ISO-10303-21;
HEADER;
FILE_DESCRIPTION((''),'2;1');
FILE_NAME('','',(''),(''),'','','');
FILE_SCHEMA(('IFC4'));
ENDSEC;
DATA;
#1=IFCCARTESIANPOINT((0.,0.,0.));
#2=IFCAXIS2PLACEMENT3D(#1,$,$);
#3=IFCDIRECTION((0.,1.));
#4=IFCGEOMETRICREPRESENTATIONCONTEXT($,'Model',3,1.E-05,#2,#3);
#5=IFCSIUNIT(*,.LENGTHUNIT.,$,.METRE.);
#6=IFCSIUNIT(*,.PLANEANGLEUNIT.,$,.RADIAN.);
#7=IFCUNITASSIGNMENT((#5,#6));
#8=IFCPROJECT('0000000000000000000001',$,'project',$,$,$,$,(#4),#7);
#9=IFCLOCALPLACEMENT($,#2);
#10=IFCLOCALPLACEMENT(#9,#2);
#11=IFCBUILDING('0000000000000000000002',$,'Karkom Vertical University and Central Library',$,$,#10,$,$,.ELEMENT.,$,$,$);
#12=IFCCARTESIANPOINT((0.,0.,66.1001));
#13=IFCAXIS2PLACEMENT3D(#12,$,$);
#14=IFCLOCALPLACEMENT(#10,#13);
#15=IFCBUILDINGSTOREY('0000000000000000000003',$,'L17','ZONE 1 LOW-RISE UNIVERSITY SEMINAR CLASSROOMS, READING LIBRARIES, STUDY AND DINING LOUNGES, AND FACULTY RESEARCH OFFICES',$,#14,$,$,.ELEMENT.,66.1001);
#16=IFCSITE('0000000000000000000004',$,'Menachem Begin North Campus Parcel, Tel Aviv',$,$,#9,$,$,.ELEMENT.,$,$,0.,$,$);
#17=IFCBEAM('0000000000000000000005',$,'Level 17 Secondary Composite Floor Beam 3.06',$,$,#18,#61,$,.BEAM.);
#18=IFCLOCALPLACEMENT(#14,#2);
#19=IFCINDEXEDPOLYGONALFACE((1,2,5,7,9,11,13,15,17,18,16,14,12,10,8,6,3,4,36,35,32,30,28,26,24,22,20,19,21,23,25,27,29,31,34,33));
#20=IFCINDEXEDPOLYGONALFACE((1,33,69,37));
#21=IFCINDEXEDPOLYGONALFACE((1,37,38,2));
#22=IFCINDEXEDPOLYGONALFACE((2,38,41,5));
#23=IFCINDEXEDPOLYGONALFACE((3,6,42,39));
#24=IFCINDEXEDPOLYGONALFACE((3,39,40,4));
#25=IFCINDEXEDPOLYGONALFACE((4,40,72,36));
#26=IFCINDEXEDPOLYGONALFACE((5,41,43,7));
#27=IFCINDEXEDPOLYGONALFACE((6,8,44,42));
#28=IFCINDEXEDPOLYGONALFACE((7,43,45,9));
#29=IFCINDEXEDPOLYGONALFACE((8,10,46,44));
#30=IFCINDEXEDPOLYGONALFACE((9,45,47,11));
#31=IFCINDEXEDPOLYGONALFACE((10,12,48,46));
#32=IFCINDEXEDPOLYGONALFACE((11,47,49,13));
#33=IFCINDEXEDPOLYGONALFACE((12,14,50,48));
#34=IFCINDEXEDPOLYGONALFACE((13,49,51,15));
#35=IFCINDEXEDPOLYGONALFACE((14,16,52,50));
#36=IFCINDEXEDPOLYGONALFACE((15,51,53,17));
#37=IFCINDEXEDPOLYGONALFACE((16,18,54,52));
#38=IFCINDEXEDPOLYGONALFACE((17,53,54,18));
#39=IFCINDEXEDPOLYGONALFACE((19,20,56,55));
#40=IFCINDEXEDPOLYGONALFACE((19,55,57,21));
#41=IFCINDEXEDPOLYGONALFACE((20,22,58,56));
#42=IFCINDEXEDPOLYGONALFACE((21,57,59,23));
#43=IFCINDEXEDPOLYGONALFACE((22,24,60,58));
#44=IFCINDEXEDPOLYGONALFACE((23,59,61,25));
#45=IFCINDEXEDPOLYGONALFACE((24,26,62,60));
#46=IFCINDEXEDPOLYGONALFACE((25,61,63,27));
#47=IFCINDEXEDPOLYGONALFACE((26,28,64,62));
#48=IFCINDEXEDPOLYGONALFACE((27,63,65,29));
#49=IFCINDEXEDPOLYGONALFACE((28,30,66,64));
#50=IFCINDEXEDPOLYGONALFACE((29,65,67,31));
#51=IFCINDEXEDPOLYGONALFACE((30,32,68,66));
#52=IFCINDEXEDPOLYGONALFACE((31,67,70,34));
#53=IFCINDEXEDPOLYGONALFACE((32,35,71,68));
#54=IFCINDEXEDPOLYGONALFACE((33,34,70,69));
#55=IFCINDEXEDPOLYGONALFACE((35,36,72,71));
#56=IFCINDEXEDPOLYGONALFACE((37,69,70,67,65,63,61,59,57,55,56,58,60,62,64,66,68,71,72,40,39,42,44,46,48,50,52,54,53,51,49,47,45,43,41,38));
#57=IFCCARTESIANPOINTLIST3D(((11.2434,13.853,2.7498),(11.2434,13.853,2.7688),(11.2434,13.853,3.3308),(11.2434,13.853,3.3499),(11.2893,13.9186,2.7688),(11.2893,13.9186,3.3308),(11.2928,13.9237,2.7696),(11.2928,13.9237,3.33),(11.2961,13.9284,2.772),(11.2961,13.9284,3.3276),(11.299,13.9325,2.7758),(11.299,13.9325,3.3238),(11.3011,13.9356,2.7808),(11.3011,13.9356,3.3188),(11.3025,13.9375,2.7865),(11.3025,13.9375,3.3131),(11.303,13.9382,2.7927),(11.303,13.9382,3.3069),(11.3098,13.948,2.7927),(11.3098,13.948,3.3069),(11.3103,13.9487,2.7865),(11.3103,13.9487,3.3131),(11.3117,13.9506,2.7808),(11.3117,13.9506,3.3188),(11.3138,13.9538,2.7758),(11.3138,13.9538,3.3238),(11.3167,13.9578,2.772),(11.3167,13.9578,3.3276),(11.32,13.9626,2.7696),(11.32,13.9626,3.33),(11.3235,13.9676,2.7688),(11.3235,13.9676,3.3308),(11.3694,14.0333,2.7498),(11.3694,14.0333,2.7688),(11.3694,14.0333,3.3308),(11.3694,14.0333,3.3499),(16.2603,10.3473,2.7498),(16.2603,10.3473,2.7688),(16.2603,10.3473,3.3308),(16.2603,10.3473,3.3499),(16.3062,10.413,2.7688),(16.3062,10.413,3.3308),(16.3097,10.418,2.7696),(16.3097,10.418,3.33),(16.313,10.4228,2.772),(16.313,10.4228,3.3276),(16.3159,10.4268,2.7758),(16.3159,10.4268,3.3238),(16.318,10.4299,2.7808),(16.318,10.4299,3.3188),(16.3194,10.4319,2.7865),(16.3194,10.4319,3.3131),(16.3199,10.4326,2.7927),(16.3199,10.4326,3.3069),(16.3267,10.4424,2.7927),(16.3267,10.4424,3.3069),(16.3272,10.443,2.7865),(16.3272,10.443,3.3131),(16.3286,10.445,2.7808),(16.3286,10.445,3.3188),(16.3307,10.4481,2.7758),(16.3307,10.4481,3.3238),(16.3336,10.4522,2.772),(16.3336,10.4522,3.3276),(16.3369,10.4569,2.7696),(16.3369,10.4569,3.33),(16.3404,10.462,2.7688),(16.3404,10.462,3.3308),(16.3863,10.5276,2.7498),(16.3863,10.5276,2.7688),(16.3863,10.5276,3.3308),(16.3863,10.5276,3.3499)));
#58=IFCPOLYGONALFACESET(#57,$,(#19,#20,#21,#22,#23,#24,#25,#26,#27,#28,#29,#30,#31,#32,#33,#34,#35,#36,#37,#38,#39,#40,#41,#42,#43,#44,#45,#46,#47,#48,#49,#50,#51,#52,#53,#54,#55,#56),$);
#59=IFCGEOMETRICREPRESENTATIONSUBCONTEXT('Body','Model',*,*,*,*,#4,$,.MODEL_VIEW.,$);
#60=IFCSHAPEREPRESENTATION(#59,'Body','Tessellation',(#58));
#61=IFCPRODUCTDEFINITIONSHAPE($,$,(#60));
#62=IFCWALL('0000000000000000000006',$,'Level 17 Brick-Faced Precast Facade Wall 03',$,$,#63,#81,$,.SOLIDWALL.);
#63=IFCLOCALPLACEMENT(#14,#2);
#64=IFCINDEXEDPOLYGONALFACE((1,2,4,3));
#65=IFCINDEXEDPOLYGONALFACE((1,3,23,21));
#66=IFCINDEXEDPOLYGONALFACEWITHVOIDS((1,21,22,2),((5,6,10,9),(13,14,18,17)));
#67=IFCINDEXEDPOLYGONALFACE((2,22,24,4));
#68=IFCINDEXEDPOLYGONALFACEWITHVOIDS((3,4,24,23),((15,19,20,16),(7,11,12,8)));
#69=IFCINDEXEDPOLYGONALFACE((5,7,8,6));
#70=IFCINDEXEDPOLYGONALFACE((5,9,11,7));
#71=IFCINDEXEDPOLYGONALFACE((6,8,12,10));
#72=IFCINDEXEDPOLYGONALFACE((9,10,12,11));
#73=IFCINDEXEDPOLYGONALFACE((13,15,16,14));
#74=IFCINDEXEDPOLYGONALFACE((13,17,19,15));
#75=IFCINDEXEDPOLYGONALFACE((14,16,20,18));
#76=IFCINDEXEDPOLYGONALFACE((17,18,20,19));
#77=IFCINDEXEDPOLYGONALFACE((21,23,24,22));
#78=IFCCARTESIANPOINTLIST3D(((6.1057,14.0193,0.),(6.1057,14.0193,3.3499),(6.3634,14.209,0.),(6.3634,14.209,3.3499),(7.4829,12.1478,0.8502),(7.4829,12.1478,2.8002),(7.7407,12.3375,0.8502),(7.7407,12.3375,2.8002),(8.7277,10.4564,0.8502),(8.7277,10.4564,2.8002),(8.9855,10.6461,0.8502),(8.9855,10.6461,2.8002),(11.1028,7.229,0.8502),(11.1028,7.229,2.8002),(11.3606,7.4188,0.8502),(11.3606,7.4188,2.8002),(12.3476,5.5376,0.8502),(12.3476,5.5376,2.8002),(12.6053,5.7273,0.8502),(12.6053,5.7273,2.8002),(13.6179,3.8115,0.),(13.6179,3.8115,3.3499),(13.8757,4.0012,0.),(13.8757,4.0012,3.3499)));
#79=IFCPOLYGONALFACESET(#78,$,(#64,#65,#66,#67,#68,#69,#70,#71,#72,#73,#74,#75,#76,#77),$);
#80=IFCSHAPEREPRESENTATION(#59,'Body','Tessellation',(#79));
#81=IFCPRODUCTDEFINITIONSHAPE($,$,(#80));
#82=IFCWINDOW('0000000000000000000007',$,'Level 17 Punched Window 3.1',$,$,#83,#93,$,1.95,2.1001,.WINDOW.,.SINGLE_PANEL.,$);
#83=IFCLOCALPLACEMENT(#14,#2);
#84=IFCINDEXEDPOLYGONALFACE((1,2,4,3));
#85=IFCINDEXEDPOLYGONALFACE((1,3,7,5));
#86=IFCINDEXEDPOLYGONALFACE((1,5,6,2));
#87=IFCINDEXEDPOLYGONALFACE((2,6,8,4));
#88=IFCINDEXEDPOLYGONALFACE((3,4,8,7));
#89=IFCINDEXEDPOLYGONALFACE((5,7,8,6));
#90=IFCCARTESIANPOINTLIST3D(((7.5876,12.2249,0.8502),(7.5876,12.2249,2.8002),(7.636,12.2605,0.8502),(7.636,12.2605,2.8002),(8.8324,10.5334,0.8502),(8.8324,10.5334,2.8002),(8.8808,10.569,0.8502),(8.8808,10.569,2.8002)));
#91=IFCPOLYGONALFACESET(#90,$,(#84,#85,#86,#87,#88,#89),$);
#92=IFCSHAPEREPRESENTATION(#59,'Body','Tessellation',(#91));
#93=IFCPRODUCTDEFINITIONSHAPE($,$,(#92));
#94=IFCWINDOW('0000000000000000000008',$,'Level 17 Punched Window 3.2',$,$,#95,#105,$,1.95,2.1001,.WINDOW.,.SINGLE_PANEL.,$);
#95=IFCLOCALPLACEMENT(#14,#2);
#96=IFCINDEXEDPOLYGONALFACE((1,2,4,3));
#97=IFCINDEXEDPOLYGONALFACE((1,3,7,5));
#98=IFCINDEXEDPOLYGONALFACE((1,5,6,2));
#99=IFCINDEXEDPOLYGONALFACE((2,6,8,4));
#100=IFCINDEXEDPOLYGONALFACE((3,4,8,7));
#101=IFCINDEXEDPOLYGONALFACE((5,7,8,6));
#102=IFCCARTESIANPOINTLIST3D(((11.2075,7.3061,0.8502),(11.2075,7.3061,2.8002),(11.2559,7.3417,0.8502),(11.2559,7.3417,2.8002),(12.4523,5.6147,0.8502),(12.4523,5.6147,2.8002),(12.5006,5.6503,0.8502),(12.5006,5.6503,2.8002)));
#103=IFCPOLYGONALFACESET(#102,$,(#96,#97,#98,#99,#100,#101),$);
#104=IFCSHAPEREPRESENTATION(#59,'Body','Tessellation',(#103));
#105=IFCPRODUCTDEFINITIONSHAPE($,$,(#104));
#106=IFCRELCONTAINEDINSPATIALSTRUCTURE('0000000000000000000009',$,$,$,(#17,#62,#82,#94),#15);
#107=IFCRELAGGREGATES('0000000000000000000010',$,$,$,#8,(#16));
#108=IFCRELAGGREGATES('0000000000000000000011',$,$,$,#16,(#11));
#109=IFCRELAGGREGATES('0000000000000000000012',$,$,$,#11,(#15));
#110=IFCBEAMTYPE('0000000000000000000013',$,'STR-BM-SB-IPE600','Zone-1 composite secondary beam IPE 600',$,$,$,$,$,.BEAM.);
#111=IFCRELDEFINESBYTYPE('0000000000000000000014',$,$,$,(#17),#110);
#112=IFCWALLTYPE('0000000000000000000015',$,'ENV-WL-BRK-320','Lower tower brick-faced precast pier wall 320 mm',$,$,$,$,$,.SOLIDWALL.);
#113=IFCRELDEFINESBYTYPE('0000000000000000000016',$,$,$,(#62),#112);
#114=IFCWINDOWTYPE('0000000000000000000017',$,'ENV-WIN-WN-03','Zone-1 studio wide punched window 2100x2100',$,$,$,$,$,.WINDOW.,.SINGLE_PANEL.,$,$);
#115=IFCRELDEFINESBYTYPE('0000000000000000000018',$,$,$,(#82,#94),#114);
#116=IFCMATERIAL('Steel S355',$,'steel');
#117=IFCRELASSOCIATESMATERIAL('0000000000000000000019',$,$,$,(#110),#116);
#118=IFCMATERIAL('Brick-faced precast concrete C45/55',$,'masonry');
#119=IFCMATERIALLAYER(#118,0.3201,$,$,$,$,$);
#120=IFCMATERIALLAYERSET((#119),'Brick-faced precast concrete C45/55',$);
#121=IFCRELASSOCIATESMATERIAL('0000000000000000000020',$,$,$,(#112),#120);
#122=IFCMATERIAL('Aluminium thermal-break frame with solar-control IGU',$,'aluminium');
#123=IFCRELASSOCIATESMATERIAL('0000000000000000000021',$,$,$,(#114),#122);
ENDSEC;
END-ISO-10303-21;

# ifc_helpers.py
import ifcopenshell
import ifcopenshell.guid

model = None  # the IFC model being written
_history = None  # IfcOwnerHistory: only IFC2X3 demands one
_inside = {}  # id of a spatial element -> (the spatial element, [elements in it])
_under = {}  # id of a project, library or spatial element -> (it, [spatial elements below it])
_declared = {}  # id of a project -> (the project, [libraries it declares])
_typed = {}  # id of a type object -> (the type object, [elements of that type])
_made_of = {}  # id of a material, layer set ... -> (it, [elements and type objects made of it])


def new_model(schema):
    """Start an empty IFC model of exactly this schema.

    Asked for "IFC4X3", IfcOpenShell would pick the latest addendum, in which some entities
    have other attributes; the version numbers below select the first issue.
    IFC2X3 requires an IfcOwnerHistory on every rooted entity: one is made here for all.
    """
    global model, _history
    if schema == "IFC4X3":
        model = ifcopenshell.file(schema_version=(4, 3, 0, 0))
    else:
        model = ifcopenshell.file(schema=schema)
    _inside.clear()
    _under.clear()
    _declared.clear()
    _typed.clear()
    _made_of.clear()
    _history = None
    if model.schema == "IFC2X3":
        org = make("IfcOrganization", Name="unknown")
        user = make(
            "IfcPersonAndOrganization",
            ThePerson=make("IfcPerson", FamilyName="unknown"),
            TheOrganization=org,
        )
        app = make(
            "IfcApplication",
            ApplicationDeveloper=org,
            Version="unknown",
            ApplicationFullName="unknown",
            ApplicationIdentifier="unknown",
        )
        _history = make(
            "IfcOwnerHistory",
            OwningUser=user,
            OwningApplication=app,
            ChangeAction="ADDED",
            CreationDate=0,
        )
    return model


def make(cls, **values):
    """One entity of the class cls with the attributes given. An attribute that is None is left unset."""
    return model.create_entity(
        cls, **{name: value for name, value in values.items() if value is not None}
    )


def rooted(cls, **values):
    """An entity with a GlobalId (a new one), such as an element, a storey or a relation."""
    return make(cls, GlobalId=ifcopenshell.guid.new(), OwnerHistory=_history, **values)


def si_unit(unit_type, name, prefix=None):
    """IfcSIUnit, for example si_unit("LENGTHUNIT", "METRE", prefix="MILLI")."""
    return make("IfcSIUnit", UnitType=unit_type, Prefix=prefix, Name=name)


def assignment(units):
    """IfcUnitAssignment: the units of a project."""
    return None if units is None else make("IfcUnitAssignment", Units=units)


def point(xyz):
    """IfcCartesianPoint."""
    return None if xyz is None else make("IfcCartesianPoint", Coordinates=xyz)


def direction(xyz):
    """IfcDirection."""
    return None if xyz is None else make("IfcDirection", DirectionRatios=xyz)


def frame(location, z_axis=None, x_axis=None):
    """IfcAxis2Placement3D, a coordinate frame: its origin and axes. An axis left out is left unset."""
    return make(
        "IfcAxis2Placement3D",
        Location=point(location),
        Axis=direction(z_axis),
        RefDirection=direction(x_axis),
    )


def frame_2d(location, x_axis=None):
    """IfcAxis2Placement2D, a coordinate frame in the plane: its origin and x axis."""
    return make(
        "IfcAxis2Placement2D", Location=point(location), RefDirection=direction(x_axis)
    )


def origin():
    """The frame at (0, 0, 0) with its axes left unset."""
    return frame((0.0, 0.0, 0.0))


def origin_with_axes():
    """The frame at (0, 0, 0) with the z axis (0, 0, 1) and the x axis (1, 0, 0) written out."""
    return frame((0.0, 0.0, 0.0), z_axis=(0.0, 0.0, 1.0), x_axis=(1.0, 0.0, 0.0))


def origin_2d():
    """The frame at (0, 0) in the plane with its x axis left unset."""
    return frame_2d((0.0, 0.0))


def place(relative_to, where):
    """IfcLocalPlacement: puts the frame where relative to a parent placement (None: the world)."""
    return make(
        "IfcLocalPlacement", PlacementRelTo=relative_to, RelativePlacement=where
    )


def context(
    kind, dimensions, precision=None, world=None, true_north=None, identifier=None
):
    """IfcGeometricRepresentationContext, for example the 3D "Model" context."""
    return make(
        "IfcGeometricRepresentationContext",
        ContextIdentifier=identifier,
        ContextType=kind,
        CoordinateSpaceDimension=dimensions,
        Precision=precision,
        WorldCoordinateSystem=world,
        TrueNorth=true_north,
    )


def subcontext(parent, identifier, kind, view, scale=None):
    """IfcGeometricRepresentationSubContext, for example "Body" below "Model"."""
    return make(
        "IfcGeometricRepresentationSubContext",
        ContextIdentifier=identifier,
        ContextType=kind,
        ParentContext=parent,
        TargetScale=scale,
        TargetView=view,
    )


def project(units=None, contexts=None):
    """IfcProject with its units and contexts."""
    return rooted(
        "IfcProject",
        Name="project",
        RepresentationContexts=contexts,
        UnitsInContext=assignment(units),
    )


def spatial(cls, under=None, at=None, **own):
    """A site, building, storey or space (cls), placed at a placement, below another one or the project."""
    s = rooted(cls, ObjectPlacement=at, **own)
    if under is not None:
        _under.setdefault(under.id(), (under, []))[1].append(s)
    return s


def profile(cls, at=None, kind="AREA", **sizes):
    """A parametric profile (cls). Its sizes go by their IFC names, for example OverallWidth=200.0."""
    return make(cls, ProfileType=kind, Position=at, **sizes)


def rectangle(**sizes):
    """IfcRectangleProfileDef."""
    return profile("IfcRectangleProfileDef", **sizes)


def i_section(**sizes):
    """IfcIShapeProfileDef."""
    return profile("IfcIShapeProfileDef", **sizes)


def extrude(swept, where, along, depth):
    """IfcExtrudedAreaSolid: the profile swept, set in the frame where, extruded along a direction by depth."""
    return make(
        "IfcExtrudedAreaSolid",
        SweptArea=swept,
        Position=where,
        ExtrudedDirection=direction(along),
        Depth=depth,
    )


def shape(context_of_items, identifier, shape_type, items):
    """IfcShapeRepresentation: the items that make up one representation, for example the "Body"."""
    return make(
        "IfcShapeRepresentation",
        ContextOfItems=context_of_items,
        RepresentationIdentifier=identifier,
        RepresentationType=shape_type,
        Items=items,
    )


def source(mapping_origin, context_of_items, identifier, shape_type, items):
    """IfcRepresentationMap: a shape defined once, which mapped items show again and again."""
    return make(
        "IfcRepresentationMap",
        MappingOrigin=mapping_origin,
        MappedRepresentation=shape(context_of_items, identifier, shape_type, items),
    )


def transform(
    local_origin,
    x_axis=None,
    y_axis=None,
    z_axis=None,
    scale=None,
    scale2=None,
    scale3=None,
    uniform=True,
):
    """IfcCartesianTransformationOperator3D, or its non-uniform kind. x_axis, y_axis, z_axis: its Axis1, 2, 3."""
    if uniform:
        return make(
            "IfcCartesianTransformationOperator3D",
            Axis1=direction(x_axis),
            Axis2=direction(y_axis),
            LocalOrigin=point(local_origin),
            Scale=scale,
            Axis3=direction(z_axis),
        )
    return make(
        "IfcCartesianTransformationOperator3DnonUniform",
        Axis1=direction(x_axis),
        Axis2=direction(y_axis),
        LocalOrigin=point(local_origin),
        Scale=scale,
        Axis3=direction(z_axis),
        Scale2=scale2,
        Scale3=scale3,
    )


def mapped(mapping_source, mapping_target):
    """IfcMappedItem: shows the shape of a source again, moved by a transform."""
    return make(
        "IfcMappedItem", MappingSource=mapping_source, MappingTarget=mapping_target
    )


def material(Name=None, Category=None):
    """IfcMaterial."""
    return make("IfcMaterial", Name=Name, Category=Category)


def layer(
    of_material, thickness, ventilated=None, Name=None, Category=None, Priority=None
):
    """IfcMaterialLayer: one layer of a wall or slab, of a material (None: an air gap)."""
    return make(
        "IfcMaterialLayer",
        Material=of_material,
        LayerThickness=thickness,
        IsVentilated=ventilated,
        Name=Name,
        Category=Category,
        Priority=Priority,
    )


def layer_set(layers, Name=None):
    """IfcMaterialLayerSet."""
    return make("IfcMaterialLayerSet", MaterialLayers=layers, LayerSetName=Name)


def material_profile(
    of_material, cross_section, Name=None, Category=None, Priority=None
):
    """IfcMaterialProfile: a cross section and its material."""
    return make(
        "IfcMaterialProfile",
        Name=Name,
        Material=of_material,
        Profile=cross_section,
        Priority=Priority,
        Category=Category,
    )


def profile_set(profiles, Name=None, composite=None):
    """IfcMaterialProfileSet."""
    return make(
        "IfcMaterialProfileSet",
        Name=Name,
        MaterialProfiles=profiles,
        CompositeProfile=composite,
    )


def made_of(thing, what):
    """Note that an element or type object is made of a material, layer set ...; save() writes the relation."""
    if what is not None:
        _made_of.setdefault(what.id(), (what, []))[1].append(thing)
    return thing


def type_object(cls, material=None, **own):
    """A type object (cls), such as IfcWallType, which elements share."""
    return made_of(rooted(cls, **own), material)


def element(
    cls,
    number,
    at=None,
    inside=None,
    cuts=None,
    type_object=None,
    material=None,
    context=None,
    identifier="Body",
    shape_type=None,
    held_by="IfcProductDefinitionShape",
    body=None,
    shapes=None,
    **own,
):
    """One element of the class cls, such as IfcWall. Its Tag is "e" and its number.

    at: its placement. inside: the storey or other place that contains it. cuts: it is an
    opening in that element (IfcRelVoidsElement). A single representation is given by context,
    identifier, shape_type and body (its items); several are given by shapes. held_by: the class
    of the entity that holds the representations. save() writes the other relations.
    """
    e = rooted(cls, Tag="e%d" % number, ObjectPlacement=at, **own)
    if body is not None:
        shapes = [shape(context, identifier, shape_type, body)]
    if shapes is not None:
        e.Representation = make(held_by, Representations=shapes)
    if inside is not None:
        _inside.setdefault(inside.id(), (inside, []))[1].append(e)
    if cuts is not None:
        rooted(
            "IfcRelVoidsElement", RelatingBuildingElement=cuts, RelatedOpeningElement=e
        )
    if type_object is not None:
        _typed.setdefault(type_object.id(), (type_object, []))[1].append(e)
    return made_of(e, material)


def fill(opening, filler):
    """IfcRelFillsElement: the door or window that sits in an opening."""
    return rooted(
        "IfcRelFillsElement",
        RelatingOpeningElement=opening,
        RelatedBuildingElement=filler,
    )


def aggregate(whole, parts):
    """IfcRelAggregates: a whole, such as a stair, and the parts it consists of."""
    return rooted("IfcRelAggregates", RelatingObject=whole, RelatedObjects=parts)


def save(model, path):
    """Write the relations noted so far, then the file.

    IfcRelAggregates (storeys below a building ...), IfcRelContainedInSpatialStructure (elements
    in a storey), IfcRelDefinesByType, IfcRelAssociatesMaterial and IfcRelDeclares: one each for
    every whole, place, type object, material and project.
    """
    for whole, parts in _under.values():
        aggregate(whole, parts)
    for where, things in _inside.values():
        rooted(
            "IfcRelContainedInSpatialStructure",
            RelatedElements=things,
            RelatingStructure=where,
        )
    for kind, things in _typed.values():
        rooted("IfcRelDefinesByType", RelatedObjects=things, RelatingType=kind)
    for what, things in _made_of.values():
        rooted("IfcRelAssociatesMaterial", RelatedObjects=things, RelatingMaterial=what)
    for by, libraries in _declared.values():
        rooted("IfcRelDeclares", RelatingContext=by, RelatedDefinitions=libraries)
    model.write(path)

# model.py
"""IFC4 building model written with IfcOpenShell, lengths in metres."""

from ifc_helpers import new_model, si_unit, direction, frame, frame_2d, origin, origin_with_axes, origin_2d, place, context, subcontext, project, spatial, rectangle, i_section, extrude, source, transform, mapped, material, layer, layer_set, material_profile, profile_set, type_object, element, fill, save


model = new_model("IFC4")

# Units and contexts
model_context = context("Model", 3, precision=1e-05, world=origin(), true_north=direction((0.0, 1.0)))
body_context = subcontext(model_context, "Body", "Model", "MODEL_VIEW")
ifc_project = project(units=[si_unit("LENGTHUNIT", "METRE"), si_unit("PLANEANGLEUNIT", "RADIAN")], contexts=[model_context])

# Site, building, storey
site_placement = place(None, origin())
site = spatial("IfcSite", under=ifc_project, at=site_placement, Name="Menachem Begin North Campus Parcel, Tel Aviv", CompositionType="ELEMENT", RefElevation=0.0)
building_placement = place(site_placement, origin())
building = spatial("IfcBuilding", under=site, at=building_placement, Name="Karkom Vertical University and Central Library", CompositionType="ELEMENT")
storey_placement = place(building_placement, frame((0.0, 0.0, 66.1001)))
storey = spatial("IfcBuildingStorey", under=building, at=storey_placement, Name="L17", Description="ZONE 1 LOW-RISE UNIVERSITY SEMINAR CLASSROOMS, READING LIBRARIES, STUDY AND DINING LOUNGES, AND FACULTY RESEARCH OFFICES", CompositionType="ELEMENT", Elevation=66.1001)

# Beam
ifc_material_1 = material(Name="Steel S355", Category="steel")
ifc_material_profile_1 = material_profile(ifc_material_1, i_section(OverallWidth=0.22, OverallDepth=0.6001, WebThickness=0.012, FlangeThickness=0.019, FilletRadius=0.0239, at=origin_2d()), Name="IPE 600")
ifc_profile_set_1 = profile_set([ifc_material_profile_1], Name="Steel S355")
beam_type_1 = type_object("IfcBeamType", Name="STR-BM-SB-IPE600", Description="Zone-1 composite secondary beam IPE 600", PredefinedType="BEAM", material=ifc_profile_set_1)
shared_shape_1 = source(origin_with_axes(), body_context, "Body", "SweptSolid", [
    extrude(i_section(OverallWidth=0.22, OverallDepth=0.6001, WebThickness=0.012, FlangeThickness=0.019, FilletRadius=0.0239, at=origin_2d()), origin(), (0.0, 0.0, 1.0), 6.1204),
])
beam_1_placement = place(storey_placement, frame((11.3064, 13.9431, 3.0498), z_axis=(0.819706, -0.572785, 0.0), x_axis=(0.572785, 0.819706, 0.0)))
element("IfcBeam", 1, at=beam_1_placement, inside=storey, type_object=beam_type_1, Name="Level 17 Secondary Composite Floor Beam 3.06", PredefinedType="BEAM", context=body_context, shape_type="MappedRepresentation", body=[
    mapped(shared_shape_1, transform((0.0, 0.0, 0.0), scale=1.0)),
])

# Wall, openings, windows
ifc_material_2 = material(Name="Brick-faced precast concrete C45/55", Category="masonry")
ifc_layer_1 = layer(ifc_material_2, 0.3201)
ifc_layer_set_1 = layer_set([ifc_layer_1], Name="Brick-faced precast concrete C45/55")
wall_type_1 = type_object("IfcWallType", Name="ENV-WL-BRK-320", Description="Lower tower brick-faced precast pier wall 320 mm", PredefinedType="SOLIDWALL", material=ifc_layer_set_1)
wall_1_placement = place(storey_placement, frame((6.2346, 14.114, 0.0), z_axis=(0.0, 0.0, 1.0), x_axis=(0.592723, -0.805406, 0.0)))
wall_1 = element("IfcWall", 2, at=wall_1_placement, inside=storey, type_object=wall_type_1, Name="Level 17 Brick-Faced Precast Facade Wall 03", PredefinedType="SOLIDWALL", context=body_context, shape_type="SweptSolid", body=[
    extrude(rectangle(XDim=12.6741, YDim=0.3201, at=frame_2d((6.3369, 0.0))), origin(), (0.0, 0.0, 1.0), 3.3499),
])
opening_1_placement = place(wall_1_placement, frame((2.3235, 0.0, 0.8501)))
opening_1 = element("IfcOpeningElement", 3, at=opening_1_placement, cuts=wall_1, PredefinedType="OPENING", context=body_context, shape_type="SweptSolid", body=[
    extrude(rectangle(XDim=2.1001, YDim=1.95, at=frame_2d((1.05, 0.9751))), frame((0.0, 0.1699, 0.0), z_axis=(0.0, -1.0, 0.0), x_axis=(1.0, 0.0, 0.0)), (0.0, 0.0, 1.0), 0.3401),
])
opening_2_placement = place(wall_1_placement, frame((8.4307, 0.0, 0.8501)))
opening_2 = element("IfcOpeningElement", 4, at=opening_2_placement, cuts=wall_1, PredefinedType="OPENING", context=body_context, shape_type="SweptSolid", body=[
    extrude(rectangle(XDim=2.1001, YDim=1.95, at=frame_2d((1.05, 0.9751))), frame((0.0, 0.1699, 0.0), z_axis=(0.0, -1.0, 0.0), x_axis=(1.0, 0.0, 0.0)), (0.0, 0.0, 1.0), 0.3401),
])
ifc_material_3 = material(Name="Aluminium thermal-break frame with solar-control IGU", Category="aluminium")
window_type = type_object("IfcWindowType", Name="ENV-WIN-WN-03", Description="Zone-1 studio wide punched window 2100x2100", PartitioningType="SINGLE_PANEL", PredefinedType="WINDOW", material=ifc_material_3)
shared_shape_2 = source(origin_with_axes(), body_context, "Body", "SweptSolid", [
    extrude(rectangle(XDim=2.1001, YDim=1.95, at=frame_2d((1.05, 0.9751))), frame((0.0, 0.03, 0.0), z_axis=(0.0, -1.0, 0.0), x_axis=(1.0, 0.0, 0.0)), (0.0, 0.0, 1.0), 0.0601),
])
window_1_placement = place(opening_1_placement, origin())
window_1 = element("IfcWindow", 5, at=window_1_placement, inside=storey, type_object=window_type, Name="Level 17 Punched Window 3.1", OverallHeight=1.95, OverallWidth=2.1001, PartitioningType="SINGLE_PANEL", PredefinedType="WINDOW", context=body_context, shape_type="MappedRepresentation", body=[
    mapped(shared_shape_2, transform((0.0, 0.0, 0.0), scale=1.0)),
])
fill(opening_1, window_1)
window_2_placement = place(opening_2_placement, origin())
window_2 = element("IfcWindow", 6, at=window_2_placement, inside=storey, type_object=window_type, Name="Level 17 Punched Window 3.2", OverallHeight=1.95, OverallWidth=2.1001, PartitioningType="SINGLE_PANEL", PredefinedType="WINDOW", context=body_context, shape_type="MappedRepresentation", body=[
    mapped(shared_shape_2, transform((0.0, 0.0, 0.0), scale=1.0)),
])
fill(opening_2, window_2)

save(model, "model.ifc")
